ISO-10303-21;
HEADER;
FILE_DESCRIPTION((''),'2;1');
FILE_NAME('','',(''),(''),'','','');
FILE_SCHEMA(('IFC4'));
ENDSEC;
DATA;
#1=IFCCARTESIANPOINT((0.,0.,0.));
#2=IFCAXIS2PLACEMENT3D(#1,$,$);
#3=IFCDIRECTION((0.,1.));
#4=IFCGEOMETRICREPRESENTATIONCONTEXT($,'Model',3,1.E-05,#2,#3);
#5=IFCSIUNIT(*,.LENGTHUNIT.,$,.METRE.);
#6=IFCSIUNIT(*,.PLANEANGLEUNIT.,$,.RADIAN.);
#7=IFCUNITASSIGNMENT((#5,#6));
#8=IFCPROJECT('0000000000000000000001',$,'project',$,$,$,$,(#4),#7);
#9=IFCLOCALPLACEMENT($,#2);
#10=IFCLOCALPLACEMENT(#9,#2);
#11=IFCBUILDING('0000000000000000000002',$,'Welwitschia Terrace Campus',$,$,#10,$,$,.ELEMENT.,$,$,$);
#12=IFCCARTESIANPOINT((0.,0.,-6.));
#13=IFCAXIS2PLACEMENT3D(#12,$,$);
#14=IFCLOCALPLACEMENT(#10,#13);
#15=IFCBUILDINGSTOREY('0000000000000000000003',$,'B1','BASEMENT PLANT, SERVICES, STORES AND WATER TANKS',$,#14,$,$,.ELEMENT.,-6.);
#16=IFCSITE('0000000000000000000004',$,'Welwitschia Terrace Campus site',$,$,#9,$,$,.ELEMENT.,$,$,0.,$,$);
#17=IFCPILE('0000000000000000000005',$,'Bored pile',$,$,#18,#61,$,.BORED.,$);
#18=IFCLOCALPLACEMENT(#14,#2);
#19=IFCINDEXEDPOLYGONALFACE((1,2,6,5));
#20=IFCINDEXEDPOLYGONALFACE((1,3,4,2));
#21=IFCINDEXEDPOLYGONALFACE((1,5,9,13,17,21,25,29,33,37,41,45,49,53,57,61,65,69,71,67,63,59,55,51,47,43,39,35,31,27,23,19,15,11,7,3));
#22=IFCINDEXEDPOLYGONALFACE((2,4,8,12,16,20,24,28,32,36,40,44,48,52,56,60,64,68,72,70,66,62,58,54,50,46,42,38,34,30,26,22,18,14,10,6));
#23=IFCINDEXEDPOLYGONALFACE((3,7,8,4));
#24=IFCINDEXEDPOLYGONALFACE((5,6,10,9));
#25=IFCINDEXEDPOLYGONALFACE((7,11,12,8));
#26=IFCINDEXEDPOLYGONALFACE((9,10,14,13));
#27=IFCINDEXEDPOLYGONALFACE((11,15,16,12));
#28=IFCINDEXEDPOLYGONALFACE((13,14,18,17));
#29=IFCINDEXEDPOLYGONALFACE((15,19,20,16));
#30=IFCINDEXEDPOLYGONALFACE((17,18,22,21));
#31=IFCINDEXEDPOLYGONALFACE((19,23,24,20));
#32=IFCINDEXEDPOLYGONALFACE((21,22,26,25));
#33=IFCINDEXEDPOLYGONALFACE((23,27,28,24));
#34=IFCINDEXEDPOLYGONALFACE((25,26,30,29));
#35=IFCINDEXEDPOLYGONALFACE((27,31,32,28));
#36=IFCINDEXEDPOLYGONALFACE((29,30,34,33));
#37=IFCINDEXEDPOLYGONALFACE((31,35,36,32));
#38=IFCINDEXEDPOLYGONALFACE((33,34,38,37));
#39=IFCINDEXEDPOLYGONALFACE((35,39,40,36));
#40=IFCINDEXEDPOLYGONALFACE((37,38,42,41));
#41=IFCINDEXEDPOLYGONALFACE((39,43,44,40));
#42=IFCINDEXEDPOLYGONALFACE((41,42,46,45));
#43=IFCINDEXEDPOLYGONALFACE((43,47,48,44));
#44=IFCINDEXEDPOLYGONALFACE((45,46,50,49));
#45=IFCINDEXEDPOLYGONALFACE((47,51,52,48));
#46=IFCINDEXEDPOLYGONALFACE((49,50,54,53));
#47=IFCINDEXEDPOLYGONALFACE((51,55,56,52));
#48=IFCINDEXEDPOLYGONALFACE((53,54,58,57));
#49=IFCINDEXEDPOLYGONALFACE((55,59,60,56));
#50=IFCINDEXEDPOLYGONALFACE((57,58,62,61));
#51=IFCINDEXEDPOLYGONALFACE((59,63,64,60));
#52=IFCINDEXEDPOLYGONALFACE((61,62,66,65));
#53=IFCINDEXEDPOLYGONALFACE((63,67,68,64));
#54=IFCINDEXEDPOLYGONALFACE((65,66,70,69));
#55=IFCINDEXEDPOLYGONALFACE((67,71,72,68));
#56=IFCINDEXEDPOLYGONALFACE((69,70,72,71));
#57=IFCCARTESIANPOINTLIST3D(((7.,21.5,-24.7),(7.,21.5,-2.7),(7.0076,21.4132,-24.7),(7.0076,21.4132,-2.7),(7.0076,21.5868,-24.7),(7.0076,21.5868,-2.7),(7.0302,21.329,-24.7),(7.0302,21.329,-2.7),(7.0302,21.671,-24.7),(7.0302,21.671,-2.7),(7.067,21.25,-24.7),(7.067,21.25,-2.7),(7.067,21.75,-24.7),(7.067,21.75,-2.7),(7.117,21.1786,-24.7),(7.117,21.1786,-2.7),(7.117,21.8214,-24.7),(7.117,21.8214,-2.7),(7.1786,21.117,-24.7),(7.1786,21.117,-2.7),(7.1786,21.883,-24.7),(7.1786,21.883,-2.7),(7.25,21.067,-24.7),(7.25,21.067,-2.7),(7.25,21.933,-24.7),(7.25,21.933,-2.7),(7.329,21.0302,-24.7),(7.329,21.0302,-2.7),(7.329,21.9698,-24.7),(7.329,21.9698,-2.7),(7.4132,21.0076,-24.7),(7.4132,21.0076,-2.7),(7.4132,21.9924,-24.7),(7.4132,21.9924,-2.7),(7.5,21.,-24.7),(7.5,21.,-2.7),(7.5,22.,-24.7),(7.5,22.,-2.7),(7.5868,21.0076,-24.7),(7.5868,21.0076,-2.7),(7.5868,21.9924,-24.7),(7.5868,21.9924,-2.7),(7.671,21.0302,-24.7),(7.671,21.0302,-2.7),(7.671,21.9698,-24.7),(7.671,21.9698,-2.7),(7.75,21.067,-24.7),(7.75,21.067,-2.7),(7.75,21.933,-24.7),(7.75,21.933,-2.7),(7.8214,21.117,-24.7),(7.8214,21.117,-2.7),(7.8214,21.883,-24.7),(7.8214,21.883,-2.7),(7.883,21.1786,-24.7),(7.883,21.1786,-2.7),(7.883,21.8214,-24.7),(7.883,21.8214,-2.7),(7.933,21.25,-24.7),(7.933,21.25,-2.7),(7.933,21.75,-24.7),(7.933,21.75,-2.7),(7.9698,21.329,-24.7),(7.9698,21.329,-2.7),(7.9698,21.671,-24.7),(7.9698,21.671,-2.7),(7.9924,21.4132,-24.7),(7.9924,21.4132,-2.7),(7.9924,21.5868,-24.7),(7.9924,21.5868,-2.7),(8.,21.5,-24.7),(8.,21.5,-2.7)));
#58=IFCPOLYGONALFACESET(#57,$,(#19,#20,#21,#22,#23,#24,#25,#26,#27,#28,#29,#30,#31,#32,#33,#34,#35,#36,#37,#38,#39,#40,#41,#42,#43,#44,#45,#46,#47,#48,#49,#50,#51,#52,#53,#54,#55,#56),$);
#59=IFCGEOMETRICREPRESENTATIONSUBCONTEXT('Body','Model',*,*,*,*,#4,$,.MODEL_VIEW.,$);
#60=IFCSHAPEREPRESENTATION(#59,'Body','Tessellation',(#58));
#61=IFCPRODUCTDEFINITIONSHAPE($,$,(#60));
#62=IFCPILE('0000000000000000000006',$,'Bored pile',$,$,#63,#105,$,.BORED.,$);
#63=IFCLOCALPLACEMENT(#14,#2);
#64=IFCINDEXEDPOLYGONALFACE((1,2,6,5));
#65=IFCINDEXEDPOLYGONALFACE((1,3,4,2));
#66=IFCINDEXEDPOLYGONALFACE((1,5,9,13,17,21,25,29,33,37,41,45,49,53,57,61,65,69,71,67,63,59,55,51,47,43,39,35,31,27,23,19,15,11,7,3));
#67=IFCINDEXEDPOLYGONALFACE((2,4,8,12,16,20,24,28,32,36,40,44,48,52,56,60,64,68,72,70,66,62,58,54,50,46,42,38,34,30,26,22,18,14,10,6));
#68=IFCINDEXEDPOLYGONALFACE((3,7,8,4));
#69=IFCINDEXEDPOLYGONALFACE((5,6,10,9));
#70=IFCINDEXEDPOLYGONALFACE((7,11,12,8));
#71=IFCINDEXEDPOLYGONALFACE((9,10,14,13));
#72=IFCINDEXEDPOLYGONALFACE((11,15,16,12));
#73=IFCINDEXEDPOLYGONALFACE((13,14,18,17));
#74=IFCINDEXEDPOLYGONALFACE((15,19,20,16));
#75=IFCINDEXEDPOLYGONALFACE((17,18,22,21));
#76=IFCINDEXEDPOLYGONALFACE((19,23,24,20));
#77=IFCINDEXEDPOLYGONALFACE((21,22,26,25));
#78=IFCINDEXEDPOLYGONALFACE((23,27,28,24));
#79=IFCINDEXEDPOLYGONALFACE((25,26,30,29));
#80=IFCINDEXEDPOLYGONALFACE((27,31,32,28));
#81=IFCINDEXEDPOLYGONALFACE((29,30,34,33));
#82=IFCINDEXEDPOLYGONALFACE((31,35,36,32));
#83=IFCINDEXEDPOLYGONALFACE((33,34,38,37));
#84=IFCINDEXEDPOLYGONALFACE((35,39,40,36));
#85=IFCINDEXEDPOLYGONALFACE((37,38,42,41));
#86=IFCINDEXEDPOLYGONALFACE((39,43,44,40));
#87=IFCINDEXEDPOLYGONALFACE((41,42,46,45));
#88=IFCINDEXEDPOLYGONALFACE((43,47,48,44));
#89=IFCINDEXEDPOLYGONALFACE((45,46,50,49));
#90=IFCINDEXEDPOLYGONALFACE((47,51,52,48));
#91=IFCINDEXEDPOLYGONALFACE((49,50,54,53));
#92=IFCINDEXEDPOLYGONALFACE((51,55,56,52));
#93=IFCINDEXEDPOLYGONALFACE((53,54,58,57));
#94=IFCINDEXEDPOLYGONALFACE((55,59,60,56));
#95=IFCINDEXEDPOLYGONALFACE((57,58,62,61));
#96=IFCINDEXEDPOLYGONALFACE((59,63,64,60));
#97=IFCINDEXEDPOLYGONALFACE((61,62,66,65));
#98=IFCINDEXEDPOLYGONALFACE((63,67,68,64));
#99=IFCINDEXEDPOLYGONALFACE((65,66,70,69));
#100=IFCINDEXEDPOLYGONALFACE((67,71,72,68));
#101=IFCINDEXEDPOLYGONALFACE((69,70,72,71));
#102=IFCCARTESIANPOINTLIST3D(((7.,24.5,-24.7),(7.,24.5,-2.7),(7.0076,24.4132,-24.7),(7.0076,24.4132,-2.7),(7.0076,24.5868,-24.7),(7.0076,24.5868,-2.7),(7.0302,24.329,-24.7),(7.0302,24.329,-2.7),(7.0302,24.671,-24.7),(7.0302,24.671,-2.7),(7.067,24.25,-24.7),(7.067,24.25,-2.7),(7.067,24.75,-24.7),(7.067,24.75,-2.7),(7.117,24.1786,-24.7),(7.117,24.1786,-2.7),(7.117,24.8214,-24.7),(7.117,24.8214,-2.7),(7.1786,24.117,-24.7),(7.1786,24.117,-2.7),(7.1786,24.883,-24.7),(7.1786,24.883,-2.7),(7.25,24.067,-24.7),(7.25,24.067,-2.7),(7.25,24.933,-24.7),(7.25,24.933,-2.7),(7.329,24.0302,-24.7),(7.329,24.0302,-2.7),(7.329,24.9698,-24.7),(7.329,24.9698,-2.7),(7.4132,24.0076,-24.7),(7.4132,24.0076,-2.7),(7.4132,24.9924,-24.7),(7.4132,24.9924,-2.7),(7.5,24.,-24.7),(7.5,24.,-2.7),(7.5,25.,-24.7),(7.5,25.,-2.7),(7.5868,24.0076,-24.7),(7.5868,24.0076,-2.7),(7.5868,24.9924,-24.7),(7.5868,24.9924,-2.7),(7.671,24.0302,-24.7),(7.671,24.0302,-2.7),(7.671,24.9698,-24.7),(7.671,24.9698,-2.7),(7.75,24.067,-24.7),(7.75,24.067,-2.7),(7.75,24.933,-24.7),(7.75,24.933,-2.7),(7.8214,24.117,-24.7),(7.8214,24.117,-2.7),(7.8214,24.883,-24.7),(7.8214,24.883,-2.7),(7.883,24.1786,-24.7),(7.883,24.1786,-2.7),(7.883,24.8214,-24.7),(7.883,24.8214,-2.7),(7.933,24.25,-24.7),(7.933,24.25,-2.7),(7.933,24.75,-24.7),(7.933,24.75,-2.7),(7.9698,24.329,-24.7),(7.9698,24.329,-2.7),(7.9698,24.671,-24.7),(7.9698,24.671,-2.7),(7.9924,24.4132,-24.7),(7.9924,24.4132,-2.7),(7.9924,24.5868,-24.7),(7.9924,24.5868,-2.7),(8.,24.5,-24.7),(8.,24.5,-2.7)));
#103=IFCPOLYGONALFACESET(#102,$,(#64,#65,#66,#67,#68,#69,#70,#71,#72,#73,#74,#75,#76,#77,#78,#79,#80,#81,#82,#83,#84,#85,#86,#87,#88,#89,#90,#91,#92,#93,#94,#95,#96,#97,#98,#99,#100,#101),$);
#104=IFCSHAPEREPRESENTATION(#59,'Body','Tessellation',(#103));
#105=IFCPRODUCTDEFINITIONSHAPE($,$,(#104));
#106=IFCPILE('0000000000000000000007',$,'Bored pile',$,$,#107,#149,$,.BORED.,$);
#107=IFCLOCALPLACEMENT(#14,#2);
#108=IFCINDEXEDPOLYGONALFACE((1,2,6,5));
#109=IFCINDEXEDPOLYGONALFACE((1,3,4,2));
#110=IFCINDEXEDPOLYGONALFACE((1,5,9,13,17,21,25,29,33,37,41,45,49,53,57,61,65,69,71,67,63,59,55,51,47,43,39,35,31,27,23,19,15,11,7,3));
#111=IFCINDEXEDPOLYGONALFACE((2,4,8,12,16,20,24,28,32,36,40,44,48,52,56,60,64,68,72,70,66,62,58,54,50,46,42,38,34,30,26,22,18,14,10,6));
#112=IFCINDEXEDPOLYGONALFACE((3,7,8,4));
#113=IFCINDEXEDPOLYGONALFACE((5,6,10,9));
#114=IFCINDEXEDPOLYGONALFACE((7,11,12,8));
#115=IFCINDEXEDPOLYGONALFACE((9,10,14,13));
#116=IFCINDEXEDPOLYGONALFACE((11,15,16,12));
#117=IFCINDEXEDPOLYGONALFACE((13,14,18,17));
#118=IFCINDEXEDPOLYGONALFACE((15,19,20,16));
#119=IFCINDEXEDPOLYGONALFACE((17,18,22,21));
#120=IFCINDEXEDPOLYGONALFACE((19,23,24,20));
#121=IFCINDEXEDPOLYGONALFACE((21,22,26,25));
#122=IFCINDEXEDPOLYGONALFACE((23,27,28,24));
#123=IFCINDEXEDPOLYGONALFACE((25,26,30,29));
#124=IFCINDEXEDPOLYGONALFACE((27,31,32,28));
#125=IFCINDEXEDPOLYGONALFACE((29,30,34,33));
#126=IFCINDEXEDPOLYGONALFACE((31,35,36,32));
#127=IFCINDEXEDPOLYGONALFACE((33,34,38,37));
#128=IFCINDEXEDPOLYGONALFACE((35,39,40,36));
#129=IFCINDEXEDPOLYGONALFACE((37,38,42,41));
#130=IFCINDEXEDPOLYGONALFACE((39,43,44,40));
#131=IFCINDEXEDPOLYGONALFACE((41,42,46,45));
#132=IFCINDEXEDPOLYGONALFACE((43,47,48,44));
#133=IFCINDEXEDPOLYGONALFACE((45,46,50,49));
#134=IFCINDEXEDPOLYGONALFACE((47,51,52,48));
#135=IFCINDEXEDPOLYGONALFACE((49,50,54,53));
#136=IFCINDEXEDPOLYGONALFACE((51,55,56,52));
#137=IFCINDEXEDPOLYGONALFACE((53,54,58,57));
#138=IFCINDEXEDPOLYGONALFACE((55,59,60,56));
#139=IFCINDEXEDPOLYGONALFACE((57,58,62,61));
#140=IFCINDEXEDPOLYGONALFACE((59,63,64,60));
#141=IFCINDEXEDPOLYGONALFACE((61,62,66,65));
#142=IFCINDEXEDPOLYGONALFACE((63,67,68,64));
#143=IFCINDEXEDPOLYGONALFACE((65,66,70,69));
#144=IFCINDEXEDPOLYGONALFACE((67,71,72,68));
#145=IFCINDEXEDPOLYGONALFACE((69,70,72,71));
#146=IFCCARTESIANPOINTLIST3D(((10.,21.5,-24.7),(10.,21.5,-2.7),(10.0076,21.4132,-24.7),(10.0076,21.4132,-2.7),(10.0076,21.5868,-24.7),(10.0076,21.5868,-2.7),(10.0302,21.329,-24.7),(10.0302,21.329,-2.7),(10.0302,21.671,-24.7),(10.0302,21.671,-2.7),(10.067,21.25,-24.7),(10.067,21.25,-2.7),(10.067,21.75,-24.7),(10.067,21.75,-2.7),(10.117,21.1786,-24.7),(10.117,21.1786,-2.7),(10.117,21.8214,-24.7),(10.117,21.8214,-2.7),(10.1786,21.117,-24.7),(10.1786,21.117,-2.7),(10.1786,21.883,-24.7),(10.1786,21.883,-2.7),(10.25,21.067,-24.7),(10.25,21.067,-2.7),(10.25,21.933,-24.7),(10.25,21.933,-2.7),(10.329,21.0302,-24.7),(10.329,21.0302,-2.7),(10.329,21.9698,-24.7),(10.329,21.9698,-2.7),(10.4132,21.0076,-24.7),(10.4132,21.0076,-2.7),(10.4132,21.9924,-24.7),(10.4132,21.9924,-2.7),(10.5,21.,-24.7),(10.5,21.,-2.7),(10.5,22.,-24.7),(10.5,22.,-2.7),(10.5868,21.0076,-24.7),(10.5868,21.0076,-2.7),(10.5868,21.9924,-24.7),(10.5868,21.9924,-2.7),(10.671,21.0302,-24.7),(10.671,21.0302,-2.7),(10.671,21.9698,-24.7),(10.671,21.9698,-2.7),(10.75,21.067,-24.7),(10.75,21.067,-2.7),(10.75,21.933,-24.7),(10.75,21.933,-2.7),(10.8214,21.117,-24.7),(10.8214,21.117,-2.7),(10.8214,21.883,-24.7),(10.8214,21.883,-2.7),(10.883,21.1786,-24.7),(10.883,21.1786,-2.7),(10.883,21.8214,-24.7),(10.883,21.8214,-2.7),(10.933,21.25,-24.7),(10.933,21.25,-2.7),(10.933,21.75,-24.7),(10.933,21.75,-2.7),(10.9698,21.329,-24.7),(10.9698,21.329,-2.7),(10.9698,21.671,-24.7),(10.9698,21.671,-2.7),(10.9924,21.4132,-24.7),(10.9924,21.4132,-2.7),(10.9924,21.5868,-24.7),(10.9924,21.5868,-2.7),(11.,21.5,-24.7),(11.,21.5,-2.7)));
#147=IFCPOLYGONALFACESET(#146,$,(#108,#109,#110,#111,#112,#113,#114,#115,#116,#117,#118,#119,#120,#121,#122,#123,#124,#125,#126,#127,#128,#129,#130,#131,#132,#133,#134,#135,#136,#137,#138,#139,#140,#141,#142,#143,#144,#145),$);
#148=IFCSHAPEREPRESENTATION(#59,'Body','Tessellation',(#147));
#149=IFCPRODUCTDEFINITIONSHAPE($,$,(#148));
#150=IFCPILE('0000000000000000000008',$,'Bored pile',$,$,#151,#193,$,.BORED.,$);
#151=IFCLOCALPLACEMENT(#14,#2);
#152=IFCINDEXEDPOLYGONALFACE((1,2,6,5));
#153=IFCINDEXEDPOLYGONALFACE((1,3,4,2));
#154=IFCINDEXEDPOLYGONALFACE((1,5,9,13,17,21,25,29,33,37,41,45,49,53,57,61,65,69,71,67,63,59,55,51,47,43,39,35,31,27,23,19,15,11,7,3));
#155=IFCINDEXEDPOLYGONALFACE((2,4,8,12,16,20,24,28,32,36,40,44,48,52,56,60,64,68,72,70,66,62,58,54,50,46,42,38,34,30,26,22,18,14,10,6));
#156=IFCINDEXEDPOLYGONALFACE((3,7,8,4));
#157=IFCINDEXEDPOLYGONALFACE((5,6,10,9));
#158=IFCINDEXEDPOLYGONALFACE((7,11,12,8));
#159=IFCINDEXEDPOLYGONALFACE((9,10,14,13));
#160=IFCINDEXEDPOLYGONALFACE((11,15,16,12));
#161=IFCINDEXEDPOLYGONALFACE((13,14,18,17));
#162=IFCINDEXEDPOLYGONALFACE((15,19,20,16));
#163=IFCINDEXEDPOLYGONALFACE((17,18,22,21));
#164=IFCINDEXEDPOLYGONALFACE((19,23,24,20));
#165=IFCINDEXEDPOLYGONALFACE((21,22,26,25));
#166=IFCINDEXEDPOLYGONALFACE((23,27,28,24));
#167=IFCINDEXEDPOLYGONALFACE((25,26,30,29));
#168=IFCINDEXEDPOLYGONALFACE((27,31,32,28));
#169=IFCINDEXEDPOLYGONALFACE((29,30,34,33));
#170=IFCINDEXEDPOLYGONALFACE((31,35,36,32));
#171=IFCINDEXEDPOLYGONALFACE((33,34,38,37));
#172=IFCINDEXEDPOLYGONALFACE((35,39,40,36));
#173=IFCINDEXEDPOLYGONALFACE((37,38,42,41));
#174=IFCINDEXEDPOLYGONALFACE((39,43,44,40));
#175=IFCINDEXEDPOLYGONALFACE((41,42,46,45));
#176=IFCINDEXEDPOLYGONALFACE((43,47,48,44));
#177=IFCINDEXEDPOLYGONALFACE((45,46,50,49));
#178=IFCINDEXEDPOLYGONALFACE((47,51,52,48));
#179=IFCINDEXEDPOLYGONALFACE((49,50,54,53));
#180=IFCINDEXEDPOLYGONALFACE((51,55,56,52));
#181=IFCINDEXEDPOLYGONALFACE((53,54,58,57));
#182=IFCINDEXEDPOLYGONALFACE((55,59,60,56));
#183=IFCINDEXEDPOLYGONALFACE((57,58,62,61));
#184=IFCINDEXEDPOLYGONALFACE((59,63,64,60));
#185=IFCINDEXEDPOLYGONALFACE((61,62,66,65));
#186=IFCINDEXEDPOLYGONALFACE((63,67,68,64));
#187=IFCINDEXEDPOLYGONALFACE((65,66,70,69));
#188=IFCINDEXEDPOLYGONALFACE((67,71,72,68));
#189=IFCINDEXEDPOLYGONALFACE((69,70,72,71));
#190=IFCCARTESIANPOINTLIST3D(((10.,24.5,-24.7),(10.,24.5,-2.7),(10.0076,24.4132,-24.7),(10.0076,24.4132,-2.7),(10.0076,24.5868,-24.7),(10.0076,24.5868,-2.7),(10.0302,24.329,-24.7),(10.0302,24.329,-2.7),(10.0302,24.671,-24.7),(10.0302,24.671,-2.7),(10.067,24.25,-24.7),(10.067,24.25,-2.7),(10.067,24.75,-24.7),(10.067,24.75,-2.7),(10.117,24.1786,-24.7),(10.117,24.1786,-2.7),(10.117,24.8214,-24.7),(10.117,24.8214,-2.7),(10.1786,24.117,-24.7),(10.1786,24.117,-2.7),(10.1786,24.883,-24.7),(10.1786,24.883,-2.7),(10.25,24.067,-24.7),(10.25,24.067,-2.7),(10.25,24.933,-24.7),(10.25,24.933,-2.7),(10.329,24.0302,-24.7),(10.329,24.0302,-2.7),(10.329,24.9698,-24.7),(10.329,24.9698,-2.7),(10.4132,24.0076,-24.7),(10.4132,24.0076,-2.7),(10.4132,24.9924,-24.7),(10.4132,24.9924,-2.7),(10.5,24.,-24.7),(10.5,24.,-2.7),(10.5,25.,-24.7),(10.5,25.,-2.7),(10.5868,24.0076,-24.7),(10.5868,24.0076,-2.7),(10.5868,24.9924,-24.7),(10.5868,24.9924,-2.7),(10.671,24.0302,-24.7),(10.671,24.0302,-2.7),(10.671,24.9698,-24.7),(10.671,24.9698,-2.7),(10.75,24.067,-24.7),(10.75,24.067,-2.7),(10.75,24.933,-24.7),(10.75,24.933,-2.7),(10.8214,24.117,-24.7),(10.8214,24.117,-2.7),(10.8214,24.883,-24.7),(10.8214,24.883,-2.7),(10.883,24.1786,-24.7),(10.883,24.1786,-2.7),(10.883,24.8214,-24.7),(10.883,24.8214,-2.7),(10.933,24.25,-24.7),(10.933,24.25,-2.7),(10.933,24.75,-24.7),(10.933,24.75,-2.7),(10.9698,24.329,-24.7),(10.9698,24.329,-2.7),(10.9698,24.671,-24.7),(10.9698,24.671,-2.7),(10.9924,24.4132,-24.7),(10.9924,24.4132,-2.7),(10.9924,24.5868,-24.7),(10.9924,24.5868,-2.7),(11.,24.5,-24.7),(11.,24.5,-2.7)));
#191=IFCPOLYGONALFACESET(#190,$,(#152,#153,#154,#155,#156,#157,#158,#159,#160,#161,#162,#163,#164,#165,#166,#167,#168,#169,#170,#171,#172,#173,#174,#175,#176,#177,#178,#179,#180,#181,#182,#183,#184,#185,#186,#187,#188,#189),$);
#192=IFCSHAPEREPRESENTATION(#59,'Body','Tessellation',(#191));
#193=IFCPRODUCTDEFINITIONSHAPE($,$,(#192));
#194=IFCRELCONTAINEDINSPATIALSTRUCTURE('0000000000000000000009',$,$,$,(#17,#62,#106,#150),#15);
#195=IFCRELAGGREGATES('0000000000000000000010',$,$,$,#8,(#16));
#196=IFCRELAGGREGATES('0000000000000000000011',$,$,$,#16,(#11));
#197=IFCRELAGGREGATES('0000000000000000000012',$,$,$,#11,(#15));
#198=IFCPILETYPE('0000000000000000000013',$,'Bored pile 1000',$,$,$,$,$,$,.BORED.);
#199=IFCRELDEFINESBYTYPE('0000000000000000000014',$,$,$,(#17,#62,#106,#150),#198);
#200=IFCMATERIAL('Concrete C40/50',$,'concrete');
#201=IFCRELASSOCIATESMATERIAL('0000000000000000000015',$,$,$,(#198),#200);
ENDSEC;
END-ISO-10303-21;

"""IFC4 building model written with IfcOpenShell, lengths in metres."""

from ifc_helpers import new_model, si_unit, direction, frame, origin, origin_2d, place, context, subcontext, project, spatial, circle, extrude, material, type_object, element, save


model = new_model("IFC4")

# Units and contexts
model_context = context("Model", 3, precision=1e-05, world=origin(), true_north=direction((0.0, 1.0)))
body_context = subcontext(model_context, "Body", "Model", "MODEL_VIEW")
ifc_project = project(units=[si_unit("LENGTHUNIT", "METRE"), si_unit("PLANEANGLEUNIT", "RADIAN")], contexts=[model_context])

# Site, building, storey
site_placement = place(None, origin())
site = spatial("IfcSite", under=ifc_project, at=site_placement, Name="Welwitschia Terrace Campus site", CompositionType="ELEMENT", RefElevation=0.0)
building_placement = place(site_placement, origin())
building = spatial("IfcBuilding", under=site, at=building_placement, Name="Welwitschia Terrace Campus", CompositionType="ELEMENT")
storey_placement = place(building_placement, frame((0.0, 0.0, -6.0)))
storey = spatial("IfcBuildingStorey", under=building, at=storey_placement, Name="B1", Description="BASEMENT PLANT, SERVICES, STORES AND WATER TANKS", CompositionType="ELEMENT", Elevation=-6.0)

# Piles
ifc_material_1 = material(Name="Concrete C40/50", Category="concrete")
pile_type = type_object("IfcPileType", Name="Bored pile 1000", PredefinedType="BORED", material=ifc_material_1)
for number, where, z_axis, x_axis, name in (
    (1, (7.5, 21.5, -2.7), (0.0, 0.0, -1.0), (1.0, 0.0, 0.0), "Bored pile"),
    (2, (7.5, 24.5, -2.7), (0.0, 0.0, -1.0), (1.0, 0.0, 0.0), "Bored pile"),
    (3, (10.5, 21.5, -2.7), (0.0, 0.0, -1.0), (1.0, 0.0, 0.0), "Bored pile"),
    (4, (10.5, 24.5, -2.7), (0.0, 0.0, -1.0), (1.0, 0.0, 0.0), "Bored pile"),
):
    element("IfcPile", number, at=place(storey_placement, frame(where, z_axis=z_axis, x_axis=x_axis)), inside=storey, type_object=pile_type, Name=name, PredefinedType="BORED", context=body_context, shape_type="SweptSolid", body=[
        extrude(circle(Radius=0.5, at=origin_2d()), origin(), (0.0, 0.0, 1.0), 22.0),
    ])

save(model, "model.ifc")
